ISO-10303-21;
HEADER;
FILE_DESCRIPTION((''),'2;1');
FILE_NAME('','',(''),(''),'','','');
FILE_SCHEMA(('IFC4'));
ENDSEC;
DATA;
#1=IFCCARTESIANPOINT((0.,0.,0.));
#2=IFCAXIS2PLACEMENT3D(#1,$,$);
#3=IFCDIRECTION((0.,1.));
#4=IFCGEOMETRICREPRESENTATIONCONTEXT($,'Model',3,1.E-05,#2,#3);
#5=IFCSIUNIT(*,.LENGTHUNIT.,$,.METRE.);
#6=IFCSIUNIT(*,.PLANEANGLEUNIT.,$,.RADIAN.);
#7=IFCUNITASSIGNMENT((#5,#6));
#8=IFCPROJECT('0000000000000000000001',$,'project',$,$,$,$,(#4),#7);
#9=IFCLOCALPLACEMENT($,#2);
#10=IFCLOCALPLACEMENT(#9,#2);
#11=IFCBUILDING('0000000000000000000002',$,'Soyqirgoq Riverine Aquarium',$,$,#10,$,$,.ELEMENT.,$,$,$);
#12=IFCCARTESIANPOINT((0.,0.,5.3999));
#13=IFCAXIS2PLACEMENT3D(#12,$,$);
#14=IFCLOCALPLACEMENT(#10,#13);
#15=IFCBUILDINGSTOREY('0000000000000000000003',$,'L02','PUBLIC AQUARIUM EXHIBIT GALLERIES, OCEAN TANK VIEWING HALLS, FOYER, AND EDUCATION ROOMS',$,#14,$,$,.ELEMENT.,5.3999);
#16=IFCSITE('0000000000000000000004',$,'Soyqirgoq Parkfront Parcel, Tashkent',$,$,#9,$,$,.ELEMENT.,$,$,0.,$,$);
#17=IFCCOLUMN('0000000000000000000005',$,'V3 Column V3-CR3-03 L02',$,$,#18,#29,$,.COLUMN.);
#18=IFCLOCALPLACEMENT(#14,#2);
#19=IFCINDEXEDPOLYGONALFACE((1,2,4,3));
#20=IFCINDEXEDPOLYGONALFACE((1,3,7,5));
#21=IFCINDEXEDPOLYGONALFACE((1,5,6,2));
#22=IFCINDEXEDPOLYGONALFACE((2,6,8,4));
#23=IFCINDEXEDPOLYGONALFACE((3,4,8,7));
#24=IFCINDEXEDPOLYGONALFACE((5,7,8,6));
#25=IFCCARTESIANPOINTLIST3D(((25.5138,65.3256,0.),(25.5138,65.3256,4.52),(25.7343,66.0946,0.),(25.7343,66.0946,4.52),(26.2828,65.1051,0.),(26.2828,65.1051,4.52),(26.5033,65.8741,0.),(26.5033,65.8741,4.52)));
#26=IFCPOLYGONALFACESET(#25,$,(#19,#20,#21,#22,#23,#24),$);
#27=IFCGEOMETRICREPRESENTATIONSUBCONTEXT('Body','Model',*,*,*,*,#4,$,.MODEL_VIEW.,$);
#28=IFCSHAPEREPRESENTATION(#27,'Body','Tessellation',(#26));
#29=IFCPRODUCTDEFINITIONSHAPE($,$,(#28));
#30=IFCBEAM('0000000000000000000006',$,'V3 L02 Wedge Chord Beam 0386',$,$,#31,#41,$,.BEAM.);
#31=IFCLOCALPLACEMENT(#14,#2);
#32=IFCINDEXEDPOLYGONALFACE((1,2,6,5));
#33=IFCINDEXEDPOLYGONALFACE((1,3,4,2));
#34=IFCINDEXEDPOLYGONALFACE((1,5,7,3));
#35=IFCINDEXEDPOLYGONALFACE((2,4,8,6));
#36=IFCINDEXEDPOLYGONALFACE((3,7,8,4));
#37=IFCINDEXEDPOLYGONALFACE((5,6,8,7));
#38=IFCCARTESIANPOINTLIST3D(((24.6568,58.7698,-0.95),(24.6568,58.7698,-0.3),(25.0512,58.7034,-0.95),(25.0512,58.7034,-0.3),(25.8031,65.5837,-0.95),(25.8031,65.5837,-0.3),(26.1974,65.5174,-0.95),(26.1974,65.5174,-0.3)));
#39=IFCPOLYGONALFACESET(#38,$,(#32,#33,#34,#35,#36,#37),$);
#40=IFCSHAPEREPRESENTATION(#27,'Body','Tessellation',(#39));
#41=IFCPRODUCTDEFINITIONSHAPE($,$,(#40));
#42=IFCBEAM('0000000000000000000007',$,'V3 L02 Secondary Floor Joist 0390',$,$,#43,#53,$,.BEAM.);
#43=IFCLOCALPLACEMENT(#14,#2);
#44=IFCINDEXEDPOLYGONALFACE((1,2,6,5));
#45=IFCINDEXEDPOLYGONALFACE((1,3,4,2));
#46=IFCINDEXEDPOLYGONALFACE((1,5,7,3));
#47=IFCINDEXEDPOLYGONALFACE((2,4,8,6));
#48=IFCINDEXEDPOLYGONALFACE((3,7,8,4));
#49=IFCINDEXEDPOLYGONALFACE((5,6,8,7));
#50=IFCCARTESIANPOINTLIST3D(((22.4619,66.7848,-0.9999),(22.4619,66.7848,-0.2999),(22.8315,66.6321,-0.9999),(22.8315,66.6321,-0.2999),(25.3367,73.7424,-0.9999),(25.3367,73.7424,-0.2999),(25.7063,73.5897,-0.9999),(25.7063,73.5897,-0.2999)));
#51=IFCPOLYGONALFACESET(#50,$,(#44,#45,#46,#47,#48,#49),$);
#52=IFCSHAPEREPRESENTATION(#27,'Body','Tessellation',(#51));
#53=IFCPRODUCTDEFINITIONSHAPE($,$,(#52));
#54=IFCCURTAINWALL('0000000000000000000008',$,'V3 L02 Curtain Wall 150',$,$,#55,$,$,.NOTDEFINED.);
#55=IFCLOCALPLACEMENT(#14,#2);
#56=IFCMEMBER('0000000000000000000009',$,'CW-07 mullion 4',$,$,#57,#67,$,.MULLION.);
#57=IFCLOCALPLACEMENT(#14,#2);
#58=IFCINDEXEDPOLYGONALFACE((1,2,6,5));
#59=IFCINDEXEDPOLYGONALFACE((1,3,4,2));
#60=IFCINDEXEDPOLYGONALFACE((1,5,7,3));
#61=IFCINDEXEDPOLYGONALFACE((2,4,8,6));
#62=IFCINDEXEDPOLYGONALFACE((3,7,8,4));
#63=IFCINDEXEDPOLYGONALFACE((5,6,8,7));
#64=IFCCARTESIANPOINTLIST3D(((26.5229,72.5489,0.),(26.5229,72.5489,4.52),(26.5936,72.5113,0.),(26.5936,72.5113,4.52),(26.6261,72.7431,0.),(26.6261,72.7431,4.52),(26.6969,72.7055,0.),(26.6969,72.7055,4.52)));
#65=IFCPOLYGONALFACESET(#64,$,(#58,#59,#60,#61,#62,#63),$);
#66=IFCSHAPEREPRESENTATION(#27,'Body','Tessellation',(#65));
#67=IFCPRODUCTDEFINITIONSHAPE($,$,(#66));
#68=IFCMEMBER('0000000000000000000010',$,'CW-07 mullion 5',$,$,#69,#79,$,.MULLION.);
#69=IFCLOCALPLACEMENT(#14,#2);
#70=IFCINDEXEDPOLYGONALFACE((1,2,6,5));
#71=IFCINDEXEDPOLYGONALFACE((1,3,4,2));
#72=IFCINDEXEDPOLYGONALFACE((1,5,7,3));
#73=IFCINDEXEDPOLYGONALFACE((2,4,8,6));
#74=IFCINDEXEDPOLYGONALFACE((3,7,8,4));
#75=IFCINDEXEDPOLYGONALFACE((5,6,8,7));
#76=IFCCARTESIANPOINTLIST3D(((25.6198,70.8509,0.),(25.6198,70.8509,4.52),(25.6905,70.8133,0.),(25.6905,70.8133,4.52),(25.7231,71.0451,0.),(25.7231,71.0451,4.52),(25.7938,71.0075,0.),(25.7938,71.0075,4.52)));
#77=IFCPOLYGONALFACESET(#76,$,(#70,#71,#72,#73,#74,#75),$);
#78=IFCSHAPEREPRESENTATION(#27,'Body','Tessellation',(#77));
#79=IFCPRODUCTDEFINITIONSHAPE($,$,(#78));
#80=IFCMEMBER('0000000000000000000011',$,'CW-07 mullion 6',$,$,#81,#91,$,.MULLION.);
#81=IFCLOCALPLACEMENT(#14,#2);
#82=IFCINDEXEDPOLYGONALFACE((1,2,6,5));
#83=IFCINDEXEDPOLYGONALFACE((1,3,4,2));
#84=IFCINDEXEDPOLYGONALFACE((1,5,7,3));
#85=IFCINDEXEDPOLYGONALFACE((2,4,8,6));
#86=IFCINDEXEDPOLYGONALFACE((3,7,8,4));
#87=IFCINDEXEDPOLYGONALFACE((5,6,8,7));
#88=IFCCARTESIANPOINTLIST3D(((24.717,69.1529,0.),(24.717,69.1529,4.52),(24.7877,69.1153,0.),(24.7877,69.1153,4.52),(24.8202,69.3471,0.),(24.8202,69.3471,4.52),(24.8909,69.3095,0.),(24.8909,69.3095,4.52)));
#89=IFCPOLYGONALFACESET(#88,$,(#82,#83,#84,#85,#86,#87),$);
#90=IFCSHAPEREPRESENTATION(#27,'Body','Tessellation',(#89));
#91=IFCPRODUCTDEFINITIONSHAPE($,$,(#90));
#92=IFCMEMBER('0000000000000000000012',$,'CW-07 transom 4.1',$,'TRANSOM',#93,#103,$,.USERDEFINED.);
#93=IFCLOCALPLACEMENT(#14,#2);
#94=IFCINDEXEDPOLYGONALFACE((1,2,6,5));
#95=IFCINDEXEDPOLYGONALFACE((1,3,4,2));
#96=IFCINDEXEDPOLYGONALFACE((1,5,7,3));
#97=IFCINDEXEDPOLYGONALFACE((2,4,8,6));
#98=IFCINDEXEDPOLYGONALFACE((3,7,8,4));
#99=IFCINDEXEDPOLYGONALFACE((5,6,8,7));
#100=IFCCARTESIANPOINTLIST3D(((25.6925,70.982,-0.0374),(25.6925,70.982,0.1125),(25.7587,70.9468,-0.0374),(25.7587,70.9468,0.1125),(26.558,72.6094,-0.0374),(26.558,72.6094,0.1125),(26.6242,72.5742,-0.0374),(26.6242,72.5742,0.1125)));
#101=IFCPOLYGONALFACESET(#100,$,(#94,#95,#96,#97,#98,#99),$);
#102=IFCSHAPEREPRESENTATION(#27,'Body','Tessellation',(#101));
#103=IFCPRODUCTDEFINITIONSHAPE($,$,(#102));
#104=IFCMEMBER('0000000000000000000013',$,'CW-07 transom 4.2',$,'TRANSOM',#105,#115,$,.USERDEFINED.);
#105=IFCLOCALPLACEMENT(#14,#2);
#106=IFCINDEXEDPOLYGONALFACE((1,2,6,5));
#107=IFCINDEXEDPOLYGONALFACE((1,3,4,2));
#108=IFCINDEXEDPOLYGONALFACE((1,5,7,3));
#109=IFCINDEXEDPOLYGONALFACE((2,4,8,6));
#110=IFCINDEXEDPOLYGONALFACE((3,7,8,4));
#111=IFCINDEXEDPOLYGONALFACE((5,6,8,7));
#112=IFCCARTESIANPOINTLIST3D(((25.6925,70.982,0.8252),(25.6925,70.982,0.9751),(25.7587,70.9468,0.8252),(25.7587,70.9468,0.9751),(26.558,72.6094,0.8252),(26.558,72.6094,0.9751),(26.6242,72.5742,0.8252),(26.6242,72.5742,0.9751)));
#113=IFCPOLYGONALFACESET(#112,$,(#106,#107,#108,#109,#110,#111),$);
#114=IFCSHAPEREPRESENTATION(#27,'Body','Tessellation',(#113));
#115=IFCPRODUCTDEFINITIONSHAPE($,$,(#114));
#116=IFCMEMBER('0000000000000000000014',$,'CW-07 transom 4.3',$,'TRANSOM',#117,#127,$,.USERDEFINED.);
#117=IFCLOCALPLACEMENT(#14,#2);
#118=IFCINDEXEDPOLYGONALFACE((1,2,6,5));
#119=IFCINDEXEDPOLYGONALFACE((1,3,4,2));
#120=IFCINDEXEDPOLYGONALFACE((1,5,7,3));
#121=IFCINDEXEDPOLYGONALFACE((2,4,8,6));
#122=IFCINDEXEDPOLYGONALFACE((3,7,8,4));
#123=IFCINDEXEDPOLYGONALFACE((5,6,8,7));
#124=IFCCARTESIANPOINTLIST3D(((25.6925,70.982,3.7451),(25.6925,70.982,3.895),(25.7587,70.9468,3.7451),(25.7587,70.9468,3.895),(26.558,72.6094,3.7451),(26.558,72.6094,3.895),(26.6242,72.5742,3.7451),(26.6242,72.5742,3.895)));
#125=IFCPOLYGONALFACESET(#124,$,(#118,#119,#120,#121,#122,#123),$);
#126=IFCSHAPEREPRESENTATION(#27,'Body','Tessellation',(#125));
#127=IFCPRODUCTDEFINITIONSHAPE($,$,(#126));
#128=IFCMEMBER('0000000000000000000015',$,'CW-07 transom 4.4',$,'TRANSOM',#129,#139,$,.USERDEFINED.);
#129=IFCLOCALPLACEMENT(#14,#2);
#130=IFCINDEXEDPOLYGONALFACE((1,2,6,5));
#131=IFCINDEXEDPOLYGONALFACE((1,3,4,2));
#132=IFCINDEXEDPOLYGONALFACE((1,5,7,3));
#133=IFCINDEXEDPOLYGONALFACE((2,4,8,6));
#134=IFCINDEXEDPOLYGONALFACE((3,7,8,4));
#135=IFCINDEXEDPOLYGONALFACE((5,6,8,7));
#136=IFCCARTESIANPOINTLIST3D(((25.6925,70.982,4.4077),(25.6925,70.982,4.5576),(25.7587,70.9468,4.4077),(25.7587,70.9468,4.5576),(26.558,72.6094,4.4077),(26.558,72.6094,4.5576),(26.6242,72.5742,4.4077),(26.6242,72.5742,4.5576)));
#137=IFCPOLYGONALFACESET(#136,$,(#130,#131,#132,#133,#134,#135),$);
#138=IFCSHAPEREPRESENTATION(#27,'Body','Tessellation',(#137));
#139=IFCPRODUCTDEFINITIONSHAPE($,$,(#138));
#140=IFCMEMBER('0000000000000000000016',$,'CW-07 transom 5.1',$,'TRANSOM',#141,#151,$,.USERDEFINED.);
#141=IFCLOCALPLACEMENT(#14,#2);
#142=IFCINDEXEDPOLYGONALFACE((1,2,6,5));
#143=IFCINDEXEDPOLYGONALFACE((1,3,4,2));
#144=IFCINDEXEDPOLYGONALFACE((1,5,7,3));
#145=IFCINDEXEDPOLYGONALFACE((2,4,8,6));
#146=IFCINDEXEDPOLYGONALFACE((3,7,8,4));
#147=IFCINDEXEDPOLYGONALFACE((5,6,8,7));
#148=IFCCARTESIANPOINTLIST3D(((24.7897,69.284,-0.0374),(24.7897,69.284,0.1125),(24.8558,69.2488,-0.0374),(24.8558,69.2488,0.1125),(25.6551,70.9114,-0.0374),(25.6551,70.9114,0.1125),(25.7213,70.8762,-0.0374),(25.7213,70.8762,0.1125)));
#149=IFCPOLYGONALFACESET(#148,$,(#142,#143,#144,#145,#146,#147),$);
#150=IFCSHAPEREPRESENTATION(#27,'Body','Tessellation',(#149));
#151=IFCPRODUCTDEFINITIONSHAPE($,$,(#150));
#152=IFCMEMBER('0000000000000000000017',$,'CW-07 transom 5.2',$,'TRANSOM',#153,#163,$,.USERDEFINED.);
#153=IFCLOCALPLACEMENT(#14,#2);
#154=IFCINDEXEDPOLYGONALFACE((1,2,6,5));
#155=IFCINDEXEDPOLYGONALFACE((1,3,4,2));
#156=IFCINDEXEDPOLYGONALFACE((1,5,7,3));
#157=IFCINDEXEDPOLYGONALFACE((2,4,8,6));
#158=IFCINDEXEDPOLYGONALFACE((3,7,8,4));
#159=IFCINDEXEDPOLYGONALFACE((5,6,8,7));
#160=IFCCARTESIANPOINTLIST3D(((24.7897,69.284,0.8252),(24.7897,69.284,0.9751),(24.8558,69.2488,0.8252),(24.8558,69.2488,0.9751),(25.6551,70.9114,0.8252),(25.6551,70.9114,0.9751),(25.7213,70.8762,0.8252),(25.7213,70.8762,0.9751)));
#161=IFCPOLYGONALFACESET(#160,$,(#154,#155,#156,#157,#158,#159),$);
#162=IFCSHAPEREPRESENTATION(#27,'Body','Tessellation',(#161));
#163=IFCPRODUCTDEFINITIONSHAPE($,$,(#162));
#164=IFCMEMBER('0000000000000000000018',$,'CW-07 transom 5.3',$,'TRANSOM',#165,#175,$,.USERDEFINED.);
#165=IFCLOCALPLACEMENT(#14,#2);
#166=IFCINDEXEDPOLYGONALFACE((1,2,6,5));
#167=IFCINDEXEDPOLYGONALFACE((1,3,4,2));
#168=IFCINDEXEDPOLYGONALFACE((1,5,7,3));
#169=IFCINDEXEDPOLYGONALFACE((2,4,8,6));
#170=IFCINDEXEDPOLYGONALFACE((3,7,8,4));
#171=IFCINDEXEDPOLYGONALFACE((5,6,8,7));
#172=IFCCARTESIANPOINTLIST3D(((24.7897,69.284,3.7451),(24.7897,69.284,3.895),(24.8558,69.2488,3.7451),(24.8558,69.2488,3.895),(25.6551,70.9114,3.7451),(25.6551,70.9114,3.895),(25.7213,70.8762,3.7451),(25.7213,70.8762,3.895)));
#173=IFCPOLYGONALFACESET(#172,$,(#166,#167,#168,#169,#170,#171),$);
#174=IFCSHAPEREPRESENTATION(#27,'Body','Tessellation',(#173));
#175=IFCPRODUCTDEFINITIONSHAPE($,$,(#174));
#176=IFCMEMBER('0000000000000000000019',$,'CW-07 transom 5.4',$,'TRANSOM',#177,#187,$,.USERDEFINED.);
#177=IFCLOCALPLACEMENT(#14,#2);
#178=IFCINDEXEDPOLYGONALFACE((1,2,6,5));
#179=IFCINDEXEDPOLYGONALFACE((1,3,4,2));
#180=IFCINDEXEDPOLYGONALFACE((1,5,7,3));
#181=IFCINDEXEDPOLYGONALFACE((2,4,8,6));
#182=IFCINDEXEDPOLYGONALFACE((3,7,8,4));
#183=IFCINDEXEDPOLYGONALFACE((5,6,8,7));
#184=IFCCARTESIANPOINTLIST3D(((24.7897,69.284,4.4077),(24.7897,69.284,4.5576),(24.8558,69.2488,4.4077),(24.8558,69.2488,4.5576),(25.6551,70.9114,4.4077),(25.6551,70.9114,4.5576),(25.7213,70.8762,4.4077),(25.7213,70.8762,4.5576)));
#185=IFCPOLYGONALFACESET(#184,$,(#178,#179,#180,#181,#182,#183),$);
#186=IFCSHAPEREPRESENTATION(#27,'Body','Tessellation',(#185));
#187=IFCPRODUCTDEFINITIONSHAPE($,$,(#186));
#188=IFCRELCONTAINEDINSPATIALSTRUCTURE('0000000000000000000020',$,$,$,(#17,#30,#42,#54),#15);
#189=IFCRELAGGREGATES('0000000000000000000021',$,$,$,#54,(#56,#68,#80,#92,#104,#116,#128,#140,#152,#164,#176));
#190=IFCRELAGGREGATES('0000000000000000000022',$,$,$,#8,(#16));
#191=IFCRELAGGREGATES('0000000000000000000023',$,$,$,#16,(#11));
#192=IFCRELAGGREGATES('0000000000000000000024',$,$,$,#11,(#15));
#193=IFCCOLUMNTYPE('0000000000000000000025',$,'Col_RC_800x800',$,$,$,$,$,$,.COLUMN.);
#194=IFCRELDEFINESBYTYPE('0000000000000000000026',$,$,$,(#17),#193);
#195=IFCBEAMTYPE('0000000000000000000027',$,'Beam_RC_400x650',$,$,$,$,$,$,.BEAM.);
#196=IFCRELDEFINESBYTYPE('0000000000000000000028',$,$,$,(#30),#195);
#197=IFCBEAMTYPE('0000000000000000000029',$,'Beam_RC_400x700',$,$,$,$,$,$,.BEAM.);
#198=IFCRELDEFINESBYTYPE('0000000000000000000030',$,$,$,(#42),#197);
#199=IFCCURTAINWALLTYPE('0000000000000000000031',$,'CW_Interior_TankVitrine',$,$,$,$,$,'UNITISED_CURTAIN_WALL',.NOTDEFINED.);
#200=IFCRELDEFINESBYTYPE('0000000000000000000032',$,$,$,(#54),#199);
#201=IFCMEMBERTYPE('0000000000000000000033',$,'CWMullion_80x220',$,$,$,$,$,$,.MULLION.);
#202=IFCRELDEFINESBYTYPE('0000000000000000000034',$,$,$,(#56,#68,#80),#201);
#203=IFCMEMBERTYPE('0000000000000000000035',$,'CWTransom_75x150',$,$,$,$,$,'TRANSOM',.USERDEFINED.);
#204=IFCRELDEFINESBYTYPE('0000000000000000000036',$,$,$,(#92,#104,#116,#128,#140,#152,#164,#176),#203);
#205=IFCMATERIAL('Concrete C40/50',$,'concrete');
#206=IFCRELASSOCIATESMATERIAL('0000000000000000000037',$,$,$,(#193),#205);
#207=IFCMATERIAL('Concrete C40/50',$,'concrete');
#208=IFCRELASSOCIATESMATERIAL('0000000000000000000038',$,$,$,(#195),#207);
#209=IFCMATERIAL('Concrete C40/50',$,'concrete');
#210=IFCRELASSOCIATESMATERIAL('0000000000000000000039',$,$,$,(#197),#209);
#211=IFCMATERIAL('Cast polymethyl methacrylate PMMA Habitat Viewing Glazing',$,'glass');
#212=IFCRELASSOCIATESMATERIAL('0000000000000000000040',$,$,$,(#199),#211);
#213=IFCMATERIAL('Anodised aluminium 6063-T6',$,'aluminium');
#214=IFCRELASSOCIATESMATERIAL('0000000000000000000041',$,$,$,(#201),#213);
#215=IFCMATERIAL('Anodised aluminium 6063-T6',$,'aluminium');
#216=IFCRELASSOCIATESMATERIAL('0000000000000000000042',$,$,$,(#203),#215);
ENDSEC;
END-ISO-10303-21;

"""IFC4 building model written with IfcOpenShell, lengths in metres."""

from ifc_helpers import new_model, si_unit, direction, frame, origin, origin_2d, place, context, subcontext, project, spatial, rectangle, extrude, material, material_profile, profile_set, type_object, element, aggregate, save


model = new_model("IFC4")

# Units and contexts
model_context = context("Model", 3, precision=1e-05, world=origin(), true_north=direction((0.0, 1.0)))
body_context = subcontext(model_context, "Body", "Model", "MODEL_VIEW")
ifc_project = project(units=[si_unit("LENGTHUNIT", "METRE"), si_unit("PLANEANGLEUNIT", "RADIAN")], contexts=[model_context])

# Site, building, storey
site_placement = place(None, origin())
site = spatial("IfcSite", under=ifc_project, at=site_placement, Name="Soyqirgoq Parkfront Parcel, Tashkent", CompositionType="ELEMENT", RefElevation=0.0)
building_placement = place(site_placement, origin())
building = spatial("IfcBuilding", under=site, at=building_placement, Name="Soyqirgoq Riverine Aquarium", CompositionType="ELEMENT")
storey_placement = place(building_placement, frame((0.0, 0.0, 5.3999)))
storey = spatial("IfcBuildingStorey", under=building, at=storey_placement, Name="L02", Description="PUBLIC AQUARIUM EXHIBIT GALLERIES, OCEAN TANK VIEWING HALLS, FOYER, AND EDUCATION ROOMS", CompositionType="ELEMENT", Elevation=5.3999)

# Column
ifc_material_1 = material(Name="Concrete C40/50", Category="concrete")
ifc_material_profile_1 = material_profile(ifc_material_1, rectangle(XDim=0.8, YDim=0.8, at=origin_2d()), Name="RC 800x800")
ifc_profile_set_1 = profile_set([ifc_material_profile_1], Name="Concrete C40/50")
column_type = type_object("IfcColumnType", Name="Col_RC_800x800", PredefinedType="COLUMN", material=ifc_profile_set_1)
column_placement = place(storey_placement, frame((26.0085, 65.5999, 0.0), z_axis=(0.0, 0.0, 1.0), x_axis=(-0.961262, 0.275637, 0.0)))
element("IfcColumn", 1, at=column_placement, inside=storey, type_object=column_type, Name="V3 Column V3-CR3-03 L02", PredefinedType="COLUMN", context=body_context, shape_type="SweptSolid", body=[
    extrude(rectangle(XDim=0.8, YDim=0.8, at=origin_2d()), origin(), (0.0, 0.0, 1.0), 4.52),
])

# Beams
ifc_material_2 = material(Name="Concrete C40/50", Category="concrete")
ifc_material_profile_2 = material_profile(ifc_material_2, rectangle(XDim=0.3999, YDim=0.6499, at=origin_2d()), Name="RC 400x650")
ifc_profile_set_2 = profile_set([ifc_material_profile_2], Name="Concrete C40/50")
beam_type_1 = type_object("IfcBeamType", Name="Beam_RC_400x650", PredefinedType="BEAM", material=ifc_profile_set_2)
beam_1_placement = place(storey_placement, frame((26.0002, 65.5505, -0.625), z_axis=(-0.165889, -0.986145, 0.0), x_axis=(0.986145, -0.165889, 0.0)))
element("IfcBeam", 2, at=beam_1_placement, inside=storey, type_object=beam_type_1, Name="V3 L02 Wedge Chord Beam 0386", PredefinedType="BEAM", context=body_context, shape_type="SweptSolid", body=[
    extrude(rectangle(XDim=0.3999, YDim=0.6499, at=origin_2d()), origin(), (0.0, 0.0, 1.0), 6.9097),
])
ifc_material_3 = material(Name="Concrete C40/50", Category="concrete")
ifc_material_profile_3 = material_profile(ifc_material_3, rectangle(XDim=0.3999, YDim=0.7, at=origin_2d()), Name="RC 400x700")
ifc_profile_set_3 = profile_set([ifc_material_profile_3], Name="Concrete C40/50")
beam_type_2 = type_object("IfcBeamType", Name="Beam_RC_400x700", PredefinedType="BEAM", material=ifc_profile_set_3)
beam_2_placement = place(storey_placement, frame((25.5215, 73.666, -0.6499), z_axis=(-0.381873, -0.924215, 0.0), x_axis=(0.924215, -0.381873, 0.0)))
element("IfcBeam", 3, at=beam_2_placement, inside=storey, type_object=beam_type_2, Name="V3 L02 Secondary Floor Joist 0390", PredefinedType="BEAM", context=body_context, shape_type="SweptSolid", body=[
    extrude(rectangle(XDim=0.3999, YDim=0.7, at=origin_2d()), origin(), (0.0, 0.0, 1.0), 7.5281),
])

# Curtain wall, members
ifc_material_4 = material(Name="Cast polymethyl methacrylate PMMA Habitat Viewing Glazing", Category="glass")
curtain_wall_type = type_object("IfcCurtainWallType", Name="CW_Interior_TankVitrine", ElementType="UNITISED_CURTAIN_WALL", PredefinedType="NOTDEFINED", material=ifc_material_4)
curtain_wall_placement = place(storey_placement, origin())
curtain_wall = element("IfcCurtainWall", 4, at=curtain_wall_placement, inside=storey, type_object=curtain_wall_type, Name="V3 L02 Curtain Wall 150", PredefinedType="NOTDEFINED")
ifc_material_5 = material(Name="Anodised aluminium 6063-T6", Category="aluminium")
ifc_material_profile_4 = material_profile(ifc_material_5, rectangle(XDim=0.0801, YDim=0.22, at=origin_2d()), Name="ALU-M 80x220")
ifc_profile_set_4 = profile_set([ifc_material_profile_4], Name="Anodised aluminium 6063-T6")
member_type_1 = type_object("IfcMemberType", Name="CWMullion_80x220", PredefinedType="MULLION", material=ifc_profile_set_4)
member_1_placement = place(storey_placement, frame((26.6099, 72.6272, 0.0), z_axis=(0.0, 0.0, 1.0), x_axis=(0.882946, -0.469475, 0.0)))
member_1 = element("IfcMember", 5, at=member_1_placement, type_object=member_type_1, Name="CW-07 mullion 4", PredefinedType="MULLION", context=body_context, shape_type="SweptSolid", body=[
    extrude(rectangle(XDim=0.0801, YDim=0.22, at=origin_2d()), origin(), (0.0, 0.0, 1.0), 4.52),
])
member_2_placement = place(storey_placement, frame((25.7068, 70.9292, 0.0), z_axis=(0.0, 0.0, 1.0), x_axis=(0.882946, -0.469475, 0.0)))
member_2 = element("IfcMember", 6, at=member_2_placement, type_object=member_type_1, Name="CW-07 mullion 5", PredefinedType="MULLION", context=body_context, shape_type="SweptSolid", body=[
    extrude(rectangle(XDim=0.0801, YDim=0.22, at=origin_2d()), origin(), (0.0, 0.0, 1.0), 4.52),
])
member_3_placement = place(storey_placement, frame((24.804, 69.2312, 0.0), z_axis=(0.0, 0.0, 1.0), x_axis=(0.882946, -0.469475, 0.0)))
member_3 = element("IfcMember", 7, at=member_3_placement, type_object=member_type_1, Name="CW-07 mullion 6", PredefinedType="MULLION", context=body_context, shape_type="SweptSolid", body=[
    extrude(rectangle(XDim=0.0801, YDim=0.22, at=origin_2d()), origin(), (0.0, 0.0, 1.0), 4.52),
])
ifc_material_6 = material(Name="Anodised aluminium 6063-T6", Category="aluminium")
ifc_material_profile_5 = material_profile(ifc_material_6, rectangle(XDim=0.075, YDim=0.1499, at=origin_2d()), Name="ALU-T 75x150")
ifc_profile_set_5 = profile_set([ifc_material_profile_5], Name="Anodised aluminium 6063-T6")
member_type_2 = type_object("IfcMemberType", Name="CWTransom_75x150", ElementType="TRANSOM", PredefinedType="USERDEFINED", material=ifc_profile_set_5)
member_4_placement = place(storey_placement, frame((26.5911, 72.5918, 0.0376), z_axis=(-0.469536, -0.882913, 0.0), x_axis=(0.882913, -0.469536, 0.0)))
member_4 = element("IfcMember", 8, at=member_4_placement, type_object=member_type_2, Name="CW-07 transom 4.1", ObjectType="TRANSOM", PredefinedType="USERDEFINED", context=body_context, shape_type="SweptSolid", body=[
    extrude(rectangle(XDim=0.075, YDim=0.1499, at=origin_2d()), origin(), (0.0, 0.0, 1.0), 1.8433),
])
member_5_placement = place(storey_placement, frame((26.5911, 72.5918, 0.9001), z_axis=(-0.469536, -0.882913, 0.0), x_axis=(0.882913, -0.469536, 0.0)))
member_5 = element("IfcMember", 9, at=member_5_placement, type_object=member_type_2, Name="CW-07 transom 4.2", ObjectType="TRANSOM", PredefinedType="USERDEFINED", context=body_context, shape_type="SweptSolid", body=[
    extrude(rectangle(XDim=0.075, YDim=0.1499, at=origin_2d()), origin(), (0.0, 0.0, 1.0), 1.8433),
])
member_6_placement = place(storey_placement, frame((26.5911, 72.5918, 3.8201), z_axis=(-0.469536, -0.882913, 0.0), x_axis=(0.882913, -0.469536, 0.0)))
member_6 = element("IfcMember", 10, at=member_6_placement, type_object=member_type_2, Name="CW-07 transom 4.3", ObjectType="TRANSOM", PredefinedType="USERDEFINED", context=body_context, shape_type="SweptSolid", body=[
    extrude(rectangle(XDim=0.075, YDim=0.1499, at=origin_2d()), origin(), (0.0, 0.0, 1.0), 1.8433),
])
member_7_placement = place(storey_placement, frame((26.5911, 72.5918, 4.4827), z_axis=(-0.469536, -0.882913, 0.0), x_axis=(0.882913, -0.469536, 0.0)))
member_7 = element("IfcMember", 11, at=member_7_placement, type_object=member_type_2, Name="CW-07 transom 4.4", ObjectType="TRANSOM", PredefinedType="USERDEFINED", context=body_context, shape_type="SweptSolid", body=[
    extrude(rectangle(XDim=0.075, YDim=0.1499, at=origin_2d()), origin(), (0.0, 0.0, 1.0), 1.8433),
])
member_8_placement = place(storey_placement, frame((25.6882, 70.8938, 0.0376), z_axis=(-0.469536, -0.882913, 0.0), x_axis=(0.882913, -0.469536, 0.0)))
member_8 = element("IfcMember", 12, at=member_8_placement, type_object=member_type_2, Name="CW-07 transom 5.1", ObjectType="TRANSOM", PredefinedType="USERDEFINED", context=body_context, shape_type="SweptSolid", body=[
    extrude(rectangle(XDim=0.075, YDim=0.1499, at=origin_2d()), origin(), (0.0, 0.0, 1.0), 1.8433),
])
member_9_placement = place(storey_placement, frame((25.6882, 70.8938, 0.9001), z_axis=(-0.469536, -0.882913, 0.0), x_axis=(0.882913, -0.469536, 0.0)))
member_9 = element("IfcMember", 13, at=member_9_placement, type_object=member_type_2, Name="CW-07 transom 5.2", ObjectType="TRANSOM", PredefinedType="USERDEFINED", context=body_context, shape_type="SweptSolid", body=[
    extrude(rectangle(XDim=0.075, YDim=0.1499, at=origin_2d()), origin(), (0.0, 0.0, 1.0), 1.8433),
])
member_10_placement = place(storey_placement, frame((25.6882, 70.8938, 3.8201), z_axis=(-0.469536, -0.882913, 0.0), x_axis=(0.882913, -0.469536, 0.0)))
member_10 = element("IfcMember", 14, at=member_10_placement, type_object=member_type_2, Name="CW-07 transom 5.3", ObjectType="TRANSOM", PredefinedType="USERDEFINED", context=body_context, shape_type="SweptSolid", body=[
    extrude(rectangle(XDim=0.075, YDim=0.1499, at=origin_2d()), origin(), (0.0, 0.0, 1.0), 1.8433),
])
member_11_placement = place(storey_placement, frame((25.6882, 70.8938, 4.4827), z_axis=(-0.469536, -0.882913, 0.0), x_axis=(0.882913, -0.469536, 0.0)))
member_11 = element("IfcMember", 15, at=member_11_placement, type_object=member_type_2, Name="CW-07 transom 5.4", ObjectType="TRANSOM", PredefinedType="USERDEFINED", context=body_context, shape_type="SweptSolid", body=[
    extrude(rectangle(XDim=0.075, YDim=0.1499, at=origin_2d()), origin(), (0.0, 0.0, 1.0), 1.8433),
])

aggregate(curtain_wall, [member_1, member_2, member_3, member_4, member_5, member_6, member_7, member_8, member_9, member_10, member_11])

save(model, "model.ifc")
